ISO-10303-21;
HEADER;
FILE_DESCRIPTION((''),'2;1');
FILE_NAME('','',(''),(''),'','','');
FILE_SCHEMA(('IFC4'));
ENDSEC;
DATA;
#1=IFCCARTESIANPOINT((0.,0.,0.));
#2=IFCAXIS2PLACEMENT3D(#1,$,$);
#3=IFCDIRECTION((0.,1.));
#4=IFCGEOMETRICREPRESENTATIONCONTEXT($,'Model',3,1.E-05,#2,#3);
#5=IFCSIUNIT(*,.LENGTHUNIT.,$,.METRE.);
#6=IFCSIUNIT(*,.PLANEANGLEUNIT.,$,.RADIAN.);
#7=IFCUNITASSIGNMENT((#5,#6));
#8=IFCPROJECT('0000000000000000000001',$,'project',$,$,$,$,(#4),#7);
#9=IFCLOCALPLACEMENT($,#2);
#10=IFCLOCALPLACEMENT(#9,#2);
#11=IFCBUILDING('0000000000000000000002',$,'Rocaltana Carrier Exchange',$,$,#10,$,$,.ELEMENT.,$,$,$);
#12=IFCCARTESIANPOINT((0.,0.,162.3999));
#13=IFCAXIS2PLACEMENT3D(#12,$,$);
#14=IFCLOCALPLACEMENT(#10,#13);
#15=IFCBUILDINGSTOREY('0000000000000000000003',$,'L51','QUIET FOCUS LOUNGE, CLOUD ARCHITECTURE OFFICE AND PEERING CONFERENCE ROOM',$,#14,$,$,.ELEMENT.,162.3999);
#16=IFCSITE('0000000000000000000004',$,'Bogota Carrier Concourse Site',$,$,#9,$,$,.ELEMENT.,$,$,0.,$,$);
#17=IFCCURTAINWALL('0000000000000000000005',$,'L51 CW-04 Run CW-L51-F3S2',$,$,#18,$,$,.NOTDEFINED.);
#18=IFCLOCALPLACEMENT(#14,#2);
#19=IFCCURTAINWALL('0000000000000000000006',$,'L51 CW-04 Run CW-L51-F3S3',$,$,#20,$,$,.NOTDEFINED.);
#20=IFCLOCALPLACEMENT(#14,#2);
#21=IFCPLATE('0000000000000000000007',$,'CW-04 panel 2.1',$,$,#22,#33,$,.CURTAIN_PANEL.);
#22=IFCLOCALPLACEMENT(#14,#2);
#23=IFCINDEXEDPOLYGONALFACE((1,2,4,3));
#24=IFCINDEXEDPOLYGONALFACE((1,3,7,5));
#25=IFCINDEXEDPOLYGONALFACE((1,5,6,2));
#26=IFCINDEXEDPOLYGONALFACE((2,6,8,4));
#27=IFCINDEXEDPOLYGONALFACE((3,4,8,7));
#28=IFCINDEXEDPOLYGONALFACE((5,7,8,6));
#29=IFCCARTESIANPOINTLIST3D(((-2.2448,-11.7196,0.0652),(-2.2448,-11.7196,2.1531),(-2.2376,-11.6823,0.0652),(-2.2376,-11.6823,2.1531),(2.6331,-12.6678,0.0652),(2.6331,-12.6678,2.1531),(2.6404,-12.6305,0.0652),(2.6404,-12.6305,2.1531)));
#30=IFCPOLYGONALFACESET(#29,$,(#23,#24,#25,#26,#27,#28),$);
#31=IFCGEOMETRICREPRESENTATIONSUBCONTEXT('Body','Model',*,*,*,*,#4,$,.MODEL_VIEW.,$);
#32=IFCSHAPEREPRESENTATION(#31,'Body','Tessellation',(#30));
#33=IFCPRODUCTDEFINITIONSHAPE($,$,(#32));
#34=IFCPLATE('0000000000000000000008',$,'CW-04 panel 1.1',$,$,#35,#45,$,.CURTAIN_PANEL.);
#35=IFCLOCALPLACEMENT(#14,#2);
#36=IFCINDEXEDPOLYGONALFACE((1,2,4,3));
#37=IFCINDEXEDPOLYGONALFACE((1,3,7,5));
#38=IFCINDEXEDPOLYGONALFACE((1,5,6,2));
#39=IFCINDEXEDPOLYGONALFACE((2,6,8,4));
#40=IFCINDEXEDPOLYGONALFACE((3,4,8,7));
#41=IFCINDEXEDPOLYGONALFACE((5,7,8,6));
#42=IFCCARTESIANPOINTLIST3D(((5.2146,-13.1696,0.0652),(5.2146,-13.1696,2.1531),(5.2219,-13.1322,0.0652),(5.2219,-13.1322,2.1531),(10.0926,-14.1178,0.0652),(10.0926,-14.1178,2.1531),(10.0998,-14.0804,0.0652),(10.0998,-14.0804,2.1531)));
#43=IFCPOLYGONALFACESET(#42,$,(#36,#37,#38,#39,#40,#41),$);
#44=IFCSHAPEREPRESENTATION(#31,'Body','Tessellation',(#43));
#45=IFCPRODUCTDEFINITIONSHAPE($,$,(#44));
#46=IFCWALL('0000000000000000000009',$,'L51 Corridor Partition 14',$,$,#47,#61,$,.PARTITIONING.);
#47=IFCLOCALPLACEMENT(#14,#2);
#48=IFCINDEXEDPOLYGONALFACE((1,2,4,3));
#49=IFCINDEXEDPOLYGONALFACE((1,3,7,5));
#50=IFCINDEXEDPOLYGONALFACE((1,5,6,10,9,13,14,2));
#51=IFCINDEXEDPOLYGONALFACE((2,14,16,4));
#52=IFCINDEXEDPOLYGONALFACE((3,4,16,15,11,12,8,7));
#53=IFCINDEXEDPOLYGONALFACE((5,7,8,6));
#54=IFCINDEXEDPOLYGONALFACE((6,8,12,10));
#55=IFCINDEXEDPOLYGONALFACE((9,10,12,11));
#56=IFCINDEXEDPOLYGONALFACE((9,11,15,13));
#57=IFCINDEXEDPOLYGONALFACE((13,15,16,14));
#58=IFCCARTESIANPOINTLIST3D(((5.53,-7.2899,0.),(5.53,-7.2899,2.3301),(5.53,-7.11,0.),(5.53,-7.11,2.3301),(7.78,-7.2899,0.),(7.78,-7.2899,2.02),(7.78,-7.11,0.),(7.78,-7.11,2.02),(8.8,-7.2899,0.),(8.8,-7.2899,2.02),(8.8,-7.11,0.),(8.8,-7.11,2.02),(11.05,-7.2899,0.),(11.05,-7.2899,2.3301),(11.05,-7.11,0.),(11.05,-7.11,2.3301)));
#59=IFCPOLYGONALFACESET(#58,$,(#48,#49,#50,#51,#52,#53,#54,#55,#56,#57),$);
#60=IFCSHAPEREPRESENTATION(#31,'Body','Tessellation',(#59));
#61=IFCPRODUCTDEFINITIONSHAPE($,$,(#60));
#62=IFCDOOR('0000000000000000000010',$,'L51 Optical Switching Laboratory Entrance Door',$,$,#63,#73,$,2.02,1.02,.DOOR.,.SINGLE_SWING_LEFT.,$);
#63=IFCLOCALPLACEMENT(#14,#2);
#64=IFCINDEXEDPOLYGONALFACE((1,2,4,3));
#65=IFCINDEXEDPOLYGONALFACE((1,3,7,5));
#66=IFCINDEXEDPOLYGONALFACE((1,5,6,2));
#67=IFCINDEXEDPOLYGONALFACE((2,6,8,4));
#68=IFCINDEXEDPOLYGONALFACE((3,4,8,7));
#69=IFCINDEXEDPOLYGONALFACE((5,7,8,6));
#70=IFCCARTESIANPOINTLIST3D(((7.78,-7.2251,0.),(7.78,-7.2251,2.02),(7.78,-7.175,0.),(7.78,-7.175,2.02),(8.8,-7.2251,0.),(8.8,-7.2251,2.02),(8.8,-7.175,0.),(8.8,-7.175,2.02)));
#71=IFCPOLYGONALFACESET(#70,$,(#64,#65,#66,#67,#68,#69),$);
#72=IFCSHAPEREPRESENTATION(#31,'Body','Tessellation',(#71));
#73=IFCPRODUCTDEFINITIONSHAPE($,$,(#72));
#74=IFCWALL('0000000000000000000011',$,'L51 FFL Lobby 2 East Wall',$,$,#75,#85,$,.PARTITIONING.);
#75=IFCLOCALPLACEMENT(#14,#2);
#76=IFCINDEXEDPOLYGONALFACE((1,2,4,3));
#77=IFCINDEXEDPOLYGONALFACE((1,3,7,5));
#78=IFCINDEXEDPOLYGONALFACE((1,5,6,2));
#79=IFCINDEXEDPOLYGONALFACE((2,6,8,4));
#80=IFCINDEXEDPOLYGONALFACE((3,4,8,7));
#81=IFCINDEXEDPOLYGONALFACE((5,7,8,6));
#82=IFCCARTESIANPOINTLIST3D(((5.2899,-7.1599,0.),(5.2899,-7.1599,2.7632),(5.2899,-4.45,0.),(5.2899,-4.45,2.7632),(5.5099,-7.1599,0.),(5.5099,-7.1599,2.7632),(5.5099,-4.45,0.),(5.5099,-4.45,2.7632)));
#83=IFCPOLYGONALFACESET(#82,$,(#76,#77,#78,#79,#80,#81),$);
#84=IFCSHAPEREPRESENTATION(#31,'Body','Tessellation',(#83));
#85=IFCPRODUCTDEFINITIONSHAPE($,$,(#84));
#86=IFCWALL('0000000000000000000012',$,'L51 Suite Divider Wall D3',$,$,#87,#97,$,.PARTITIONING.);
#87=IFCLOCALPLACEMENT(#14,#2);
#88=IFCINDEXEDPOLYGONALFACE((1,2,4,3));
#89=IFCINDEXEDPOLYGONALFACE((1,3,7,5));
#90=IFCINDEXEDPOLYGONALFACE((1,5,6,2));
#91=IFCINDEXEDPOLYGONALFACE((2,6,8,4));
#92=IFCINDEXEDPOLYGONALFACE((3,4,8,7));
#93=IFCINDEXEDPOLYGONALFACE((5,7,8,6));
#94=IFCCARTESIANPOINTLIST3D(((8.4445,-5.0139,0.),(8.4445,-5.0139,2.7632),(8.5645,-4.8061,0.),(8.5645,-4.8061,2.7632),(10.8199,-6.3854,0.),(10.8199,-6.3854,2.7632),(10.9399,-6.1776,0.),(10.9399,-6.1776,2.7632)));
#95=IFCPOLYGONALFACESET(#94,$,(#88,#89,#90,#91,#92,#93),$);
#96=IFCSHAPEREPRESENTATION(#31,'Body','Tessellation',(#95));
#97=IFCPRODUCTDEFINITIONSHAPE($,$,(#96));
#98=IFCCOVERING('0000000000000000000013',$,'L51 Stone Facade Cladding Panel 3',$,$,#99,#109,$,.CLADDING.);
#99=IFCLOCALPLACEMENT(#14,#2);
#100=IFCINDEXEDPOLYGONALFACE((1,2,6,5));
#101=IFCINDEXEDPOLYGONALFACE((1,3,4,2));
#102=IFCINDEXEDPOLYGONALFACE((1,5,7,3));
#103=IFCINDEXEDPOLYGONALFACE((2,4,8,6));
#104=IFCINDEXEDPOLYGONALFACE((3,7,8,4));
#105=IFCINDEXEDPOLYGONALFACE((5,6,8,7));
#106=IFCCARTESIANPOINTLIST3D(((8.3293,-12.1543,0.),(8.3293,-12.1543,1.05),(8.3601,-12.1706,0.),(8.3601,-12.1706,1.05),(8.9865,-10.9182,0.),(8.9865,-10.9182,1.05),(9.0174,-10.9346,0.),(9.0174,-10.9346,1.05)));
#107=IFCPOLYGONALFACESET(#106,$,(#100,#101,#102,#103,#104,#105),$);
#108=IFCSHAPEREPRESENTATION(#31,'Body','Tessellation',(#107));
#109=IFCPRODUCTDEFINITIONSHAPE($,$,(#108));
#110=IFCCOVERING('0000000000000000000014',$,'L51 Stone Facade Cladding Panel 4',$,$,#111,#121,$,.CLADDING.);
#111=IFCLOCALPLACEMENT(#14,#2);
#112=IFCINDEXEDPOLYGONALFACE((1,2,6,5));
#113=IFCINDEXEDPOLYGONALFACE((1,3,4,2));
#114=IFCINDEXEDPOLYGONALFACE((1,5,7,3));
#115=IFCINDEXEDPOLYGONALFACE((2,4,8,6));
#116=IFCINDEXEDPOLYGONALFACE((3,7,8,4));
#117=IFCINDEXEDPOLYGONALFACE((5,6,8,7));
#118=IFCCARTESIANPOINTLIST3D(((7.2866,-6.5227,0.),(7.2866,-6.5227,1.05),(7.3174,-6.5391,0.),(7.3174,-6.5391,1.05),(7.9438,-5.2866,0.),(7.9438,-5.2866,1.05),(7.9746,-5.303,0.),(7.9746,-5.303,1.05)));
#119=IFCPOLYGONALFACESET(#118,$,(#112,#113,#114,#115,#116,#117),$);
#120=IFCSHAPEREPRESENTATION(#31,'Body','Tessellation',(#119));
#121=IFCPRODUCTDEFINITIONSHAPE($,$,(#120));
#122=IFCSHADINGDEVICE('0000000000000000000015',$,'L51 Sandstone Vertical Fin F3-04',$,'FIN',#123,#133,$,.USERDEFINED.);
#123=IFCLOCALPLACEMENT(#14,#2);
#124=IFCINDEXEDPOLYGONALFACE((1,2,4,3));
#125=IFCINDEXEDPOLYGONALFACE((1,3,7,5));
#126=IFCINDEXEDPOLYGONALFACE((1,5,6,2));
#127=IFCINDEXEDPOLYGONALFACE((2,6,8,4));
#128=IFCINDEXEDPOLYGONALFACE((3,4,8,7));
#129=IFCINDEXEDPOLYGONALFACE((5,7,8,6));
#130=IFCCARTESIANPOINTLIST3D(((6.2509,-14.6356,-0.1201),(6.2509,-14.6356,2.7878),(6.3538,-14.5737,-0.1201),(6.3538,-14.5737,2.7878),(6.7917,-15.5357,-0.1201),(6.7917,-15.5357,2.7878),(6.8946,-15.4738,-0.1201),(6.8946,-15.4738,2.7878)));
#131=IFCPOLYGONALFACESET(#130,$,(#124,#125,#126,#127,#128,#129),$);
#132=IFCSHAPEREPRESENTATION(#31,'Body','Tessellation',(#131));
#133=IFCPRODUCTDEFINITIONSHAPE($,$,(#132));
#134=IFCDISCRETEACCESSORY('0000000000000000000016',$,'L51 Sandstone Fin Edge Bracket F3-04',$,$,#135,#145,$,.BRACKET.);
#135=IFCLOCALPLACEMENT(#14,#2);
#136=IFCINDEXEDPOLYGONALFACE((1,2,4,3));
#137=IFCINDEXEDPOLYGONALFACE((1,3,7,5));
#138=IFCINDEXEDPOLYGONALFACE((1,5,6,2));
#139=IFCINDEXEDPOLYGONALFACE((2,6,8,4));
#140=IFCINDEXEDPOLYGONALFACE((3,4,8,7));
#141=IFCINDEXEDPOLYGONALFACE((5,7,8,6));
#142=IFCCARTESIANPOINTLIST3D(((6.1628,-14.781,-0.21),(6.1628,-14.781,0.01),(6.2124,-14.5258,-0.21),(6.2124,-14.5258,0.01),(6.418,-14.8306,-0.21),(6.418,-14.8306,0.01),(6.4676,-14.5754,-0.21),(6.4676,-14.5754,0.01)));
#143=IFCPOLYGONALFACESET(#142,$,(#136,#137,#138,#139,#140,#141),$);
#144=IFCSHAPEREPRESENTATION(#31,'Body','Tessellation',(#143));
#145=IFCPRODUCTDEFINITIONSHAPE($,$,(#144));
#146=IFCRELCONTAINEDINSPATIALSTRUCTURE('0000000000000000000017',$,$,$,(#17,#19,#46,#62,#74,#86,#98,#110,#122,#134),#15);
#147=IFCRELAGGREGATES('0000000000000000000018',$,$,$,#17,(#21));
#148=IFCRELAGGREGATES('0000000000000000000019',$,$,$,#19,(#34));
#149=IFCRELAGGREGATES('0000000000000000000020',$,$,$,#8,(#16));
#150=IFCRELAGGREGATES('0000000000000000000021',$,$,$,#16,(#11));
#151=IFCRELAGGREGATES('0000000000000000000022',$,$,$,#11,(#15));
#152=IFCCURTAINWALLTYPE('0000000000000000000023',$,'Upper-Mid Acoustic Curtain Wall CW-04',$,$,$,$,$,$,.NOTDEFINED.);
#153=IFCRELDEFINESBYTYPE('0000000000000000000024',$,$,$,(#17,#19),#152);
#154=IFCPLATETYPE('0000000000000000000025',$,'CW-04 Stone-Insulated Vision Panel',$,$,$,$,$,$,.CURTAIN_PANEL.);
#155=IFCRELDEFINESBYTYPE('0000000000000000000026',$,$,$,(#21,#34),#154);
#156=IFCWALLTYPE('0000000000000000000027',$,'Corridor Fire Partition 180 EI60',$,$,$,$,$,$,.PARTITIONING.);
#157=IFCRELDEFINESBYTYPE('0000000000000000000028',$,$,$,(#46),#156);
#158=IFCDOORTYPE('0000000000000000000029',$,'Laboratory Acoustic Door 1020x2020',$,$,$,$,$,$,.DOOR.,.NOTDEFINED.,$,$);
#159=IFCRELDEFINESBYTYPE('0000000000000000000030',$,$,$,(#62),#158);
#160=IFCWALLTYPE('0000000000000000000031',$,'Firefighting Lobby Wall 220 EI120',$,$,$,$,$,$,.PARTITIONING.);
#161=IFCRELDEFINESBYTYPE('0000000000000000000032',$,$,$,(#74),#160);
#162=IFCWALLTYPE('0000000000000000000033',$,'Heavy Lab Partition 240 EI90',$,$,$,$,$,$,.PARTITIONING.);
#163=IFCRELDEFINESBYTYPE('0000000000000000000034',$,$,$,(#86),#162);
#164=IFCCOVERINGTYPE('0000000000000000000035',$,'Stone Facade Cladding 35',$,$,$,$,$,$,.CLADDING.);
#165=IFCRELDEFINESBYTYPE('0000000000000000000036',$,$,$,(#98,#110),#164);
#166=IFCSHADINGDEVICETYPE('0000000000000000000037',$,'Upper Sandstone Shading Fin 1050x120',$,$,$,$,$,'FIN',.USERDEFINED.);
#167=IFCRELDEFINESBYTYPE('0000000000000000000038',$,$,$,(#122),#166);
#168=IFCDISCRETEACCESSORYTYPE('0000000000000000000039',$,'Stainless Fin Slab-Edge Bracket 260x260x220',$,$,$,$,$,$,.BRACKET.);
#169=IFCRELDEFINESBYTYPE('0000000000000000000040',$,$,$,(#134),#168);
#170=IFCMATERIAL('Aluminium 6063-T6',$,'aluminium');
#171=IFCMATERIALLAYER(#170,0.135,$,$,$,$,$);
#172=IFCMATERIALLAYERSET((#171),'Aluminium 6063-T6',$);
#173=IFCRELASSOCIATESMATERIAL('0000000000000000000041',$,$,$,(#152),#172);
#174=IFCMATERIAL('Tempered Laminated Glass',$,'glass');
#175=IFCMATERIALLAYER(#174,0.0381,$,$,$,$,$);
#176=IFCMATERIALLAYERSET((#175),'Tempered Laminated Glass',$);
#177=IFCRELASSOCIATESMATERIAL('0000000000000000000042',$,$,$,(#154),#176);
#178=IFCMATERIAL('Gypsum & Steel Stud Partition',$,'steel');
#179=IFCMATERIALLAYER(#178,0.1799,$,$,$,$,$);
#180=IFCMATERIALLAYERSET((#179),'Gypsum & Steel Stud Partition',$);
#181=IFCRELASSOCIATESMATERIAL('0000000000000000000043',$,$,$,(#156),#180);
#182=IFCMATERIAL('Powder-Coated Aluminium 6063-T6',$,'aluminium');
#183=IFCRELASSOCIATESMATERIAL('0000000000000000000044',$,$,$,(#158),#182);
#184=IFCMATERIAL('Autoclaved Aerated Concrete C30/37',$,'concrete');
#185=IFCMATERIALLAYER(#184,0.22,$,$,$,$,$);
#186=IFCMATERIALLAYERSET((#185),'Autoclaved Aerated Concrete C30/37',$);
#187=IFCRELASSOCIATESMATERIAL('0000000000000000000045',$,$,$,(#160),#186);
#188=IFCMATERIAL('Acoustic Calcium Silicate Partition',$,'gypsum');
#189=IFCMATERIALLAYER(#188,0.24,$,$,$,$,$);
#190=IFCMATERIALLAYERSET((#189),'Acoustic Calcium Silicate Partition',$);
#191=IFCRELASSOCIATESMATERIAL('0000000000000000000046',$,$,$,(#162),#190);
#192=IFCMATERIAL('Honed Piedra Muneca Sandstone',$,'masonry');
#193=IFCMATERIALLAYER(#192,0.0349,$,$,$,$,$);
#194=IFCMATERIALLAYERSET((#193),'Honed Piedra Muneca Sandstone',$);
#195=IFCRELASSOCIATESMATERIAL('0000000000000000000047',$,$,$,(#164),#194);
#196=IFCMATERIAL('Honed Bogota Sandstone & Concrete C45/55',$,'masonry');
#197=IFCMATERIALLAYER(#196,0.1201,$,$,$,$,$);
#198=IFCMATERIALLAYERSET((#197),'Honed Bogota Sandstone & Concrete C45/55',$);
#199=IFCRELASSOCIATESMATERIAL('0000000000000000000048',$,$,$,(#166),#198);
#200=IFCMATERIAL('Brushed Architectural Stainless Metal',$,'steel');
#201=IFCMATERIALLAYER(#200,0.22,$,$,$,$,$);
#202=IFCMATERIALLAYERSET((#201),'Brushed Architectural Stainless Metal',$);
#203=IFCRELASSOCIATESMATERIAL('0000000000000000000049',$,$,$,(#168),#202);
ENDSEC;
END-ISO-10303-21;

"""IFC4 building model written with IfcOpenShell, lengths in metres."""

from ifc_helpers import new_model, si_unit, direction, frame, frame_2d, origin, origin_2d, place, context, subcontext, project, spatial, rectangle, extrude, material, layer, layer_set, type_object, element, fill, aggregate, save


model = new_model("IFC4")

# Units and contexts
model_context = context("Model", 3, precision=1e-05, world=origin(), true_north=direction((0.0, 1.0)))
body_context = subcontext(model_context, "Body", "Model", "MODEL_VIEW")
ifc_project = project(units=[si_unit("LENGTHUNIT", "METRE"), si_unit("PLANEANGLEUNIT", "RADIAN")], contexts=[model_context])

# Site, building, storey
site_placement = place(None, origin())
site = spatial("IfcSite", under=ifc_project, at=site_placement, Name="Bogota Carrier Concourse Site", CompositionType="ELEMENT", RefElevation=0.0)
building_placement = place(site_placement, origin())
building = spatial("IfcBuilding", under=site, at=building_placement, Name="Rocaltana Carrier Exchange", CompositionType="ELEMENT")
storey_placement = place(building_placement, frame((0.0, 0.0, 162.3999)))
storey = spatial("IfcBuildingStorey", under=building, at=storey_placement, Name="L51", Description="QUIET FOCUS LOUNGE, CLOUD ARCHITECTURE OFFICE AND PEERING CONFERENCE ROOM", CompositionType="ELEMENT", Elevation=162.3999)

# Curtain wall
ifc_material_1 = material(Name="Aluminium 6063-T6", Category="aluminium")
ifc_layer_1 = layer(ifc_material_1, 0.135)
ifc_layer_set_1 = layer_set([ifc_layer_1], Name="Aluminium 6063-T6")
curtain_wall_type = type_object("IfcCurtainWallType", Name="Upper-Mid Acoustic Curtain Wall CW-04", PredefinedType="NOTDEFINED", material=ifc_layer_set_1)
curtain_wall_1_placement = place(storey_placement, origin())
curtain_wall_1 = element("IfcCurtainWall", 1, at=curtain_wall_1_placement, inside=storey, type_object=curtain_wall_type, Name="L51 CW-04 Run CW-L51-F3S2", PredefinedType="NOTDEFINED")

# Curtain wall
curtain_wall_2_placement = place(storey_placement, origin())
curtain_wall_2 = element("IfcCurtainWall", 2, at=curtain_wall_2_placement, inside=storey, type_object=curtain_wall_type, Name="L51 CW-04 Run CW-L51-F3S3", PredefinedType="NOTDEFINED")

# Plates
ifc_material_2 = material(Name="Tempered Laminated Glass", Category="glass")
ifc_layer_2 = layer(ifc_material_2, 0.0381)
ifc_layer_set_2 = layer_set([ifc_layer_2], Name="Tempered Laminated Glass")
plate_type = type_object("IfcPlateType", Name="CW-04 Stone-Insulated Vision Panel", PredefinedType="CURTAIN_PANEL", material=ifc_layer_set_2)
plate_1_placement = place(storey_placement, frame((0.1978, -12.175, 0.0652), z_axis=(0.0, 0.0, 1.0), x_axis=(0.981626, -0.190815, 0.0)))
plate_1 = element("IfcPlate", 3, at=plate_1_placement, type_object=plate_type, Name="CW-04 panel 2.1", PredefinedType="CURTAIN_PANEL", context=body_context, shape_type="SweptSolid", body=[
    extrude(rectangle(XDim=4.9692, YDim=0.0381, at=origin_2d()), origin(), (0.0, 0.0, 1.0), 2.0879),
])
aggregate(curtain_wall_1, [plate_1])
plate_2_placement = place(storey_placement, frame((7.6572, -13.625, 0.0652), z_axis=(0.0, 0.0, 1.0), x_axis=(0.981628, -0.190805, 0.0)))
plate_2 = element("IfcPlate", 4, at=plate_2_placement, type_object=plate_type, Name="CW-04 panel 1.1", PredefinedType="CURTAIN_PANEL", context=body_context, shape_type="SweptSolid", body=[
    extrude(rectangle(XDim=4.9692, YDim=0.0381, at=origin_2d()), origin(), (0.0, 0.0, 1.0), 2.0879),
])
aggregate(curtain_wall_2, [plate_2])

# Wall, opening, door
ifc_material_3 = material(Name="Gypsum & Steel Stud Partition", Category="steel")
ifc_layer_3 = layer(ifc_material_3, 0.1799)
ifc_layer_set_3 = layer_set([ifc_layer_3], Name="Gypsum & Steel Stud Partition")
wall_type_1 = type_object("IfcWallType", Name="Corridor Fire Partition 180 EI60", PredefinedType="PARTITIONING", material=ifc_layer_set_3)
wall_1_placement = place(storey_placement, frame((5.53, -7.2, 0.0), z_axis=(0.0, 0.0, 1.0), x_axis=(1.0, 0.0, 0.0)))
wall_1 = element("IfcWall", 5, at=wall_1_placement, inside=storey, type_object=wall_type_1, Name="L51 Corridor Partition 14", PredefinedType="PARTITIONING", context=body_context, shape_type="SweptSolid", body=[
    extrude(rectangle(XDim=5.52, YDim=0.1799, at=frame_2d((2.76, 0.0))), origin(), (0.0, 0.0, 1.0), 2.3301),
])
opening_placement = place(wall_1_placement, frame((2.25, 0.0, 0.0)))
opening = element("IfcOpeningElement", 6, at=opening_placement, cuts=wall_1, PredefinedType="OPENING", context=body_context, shape_type="SweptSolid", body=[
    extrude(rectangle(XDim=1.02, YDim=2.02, at=frame_2d((0.51, 1.01))), frame((0.0, 0.0999, 0.0), z_axis=(0.0, -1.0, 0.0), x_axis=(1.0, 0.0, 0.0)), (0.0, 0.0, 1.0), 0.2),
])
ifc_material_4 = material(Name="Powder-Coated Aluminium 6063-T6", Category="aluminium")
door_type = type_object("IfcDoorType", Name="Laboratory Acoustic Door 1020x2020", OperationType="NOTDEFINED", PredefinedType="DOOR", material=ifc_material_4)
door_placement = place(opening_placement, origin())
door = element("IfcDoor", 7, at=door_placement, inside=storey, type_object=door_type, Name="L51 Optical Switching Laboratory Entrance Door", OperationType="SINGLE_SWING_LEFT", OverallHeight=2.02, OverallWidth=1.02, PredefinedType="DOOR", context=body_context, shape_type="SweptSolid", body=[
    extrude(rectangle(XDim=1.02, YDim=2.02, at=frame_2d((0.51, 1.01))), frame((0.0, 0.0249, 0.0), z_axis=(0.0, -1.0, 0.0), x_axis=(1.0, 0.0, 0.0)), (0.0, 0.0, 1.0), 0.05),
])
fill(opening, door)

# Walls
ifc_material_5 = material(Name="Autoclaved Aerated Concrete C30/37", Category="concrete")
ifc_layer_4 = layer(ifc_material_5, 0.22)
ifc_layer_set_4 = layer_set([ifc_layer_4], Name="Autoclaved Aerated Concrete C30/37")
wall_type_2 = type_object("IfcWallType", Name="Firefighting Lobby Wall 220 EI120", PredefinedType="PARTITIONING", material=ifc_layer_set_4)
wall_2_placement = place(storey_placement, frame((5.3999, -7.1599, 0.0), z_axis=(0.0, 0.0, 1.0), x_axis=(0.0, 1.0, 0.0)))
element("IfcWall", 8, at=wall_2_placement, inside=storey, type_object=wall_type_2, Name="L51 FFL Lobby 2 East Wall", PredefinedType="PARTITIONING", context=body_context, shape_type="SweptSolid", body=[
    extrude(rectangle(XDim=2.71, YDim=0.22, at=frame_2d((1.355, 0.0))), origin(), (0.0, 0.0, 1.0), 2.7632),
])
ifc_material_6 = material(Name="Acoustic Calcium Silicate Partition", Category="gypsum")
ifc_layer_5 = layer(ifc_material_6, 0.24)
ifc_layer_set_5 = layer_set([ifc_layer_5], Name="Acoustic Calcium Silicate Partition")
wall_type_3 = type_object("IfcWallType", Name="Heavy Lab Partition 240 EI90", PredefinedType="PARTITIONING", material=ifc_layer_set_5)
wall_3_placement = place(storey_placement, frame((8.5044, -4.9099, 0.0), z_axis=(0.0, 0.0, 1.0), x_axis=(0.866011, -0.500025, 0.0)))
element("IfcWall", 9, at=wall_3_placement, inside=storey, type_object=wall_type_3, Name="L51 Suite Divider Wall D3", PredefinedType="PARTITIONING", context=body_context, shape_type="SweptSolid", body=[
    extrude(rectangle(XDim=2.7429, YDim=0.24, at=frame_2d((1.3716, 0.0))), origin(), (0.0, 0.0, 1.0), 2.7632),
])

# Coverings
ifc_material_7 = material(Name="Honed Piedra Muneca Sandstone", Category="masonry")
ifc_layer_6 = layer(ifc_material_7, 0.0349)
ifc_layer_set_6 = layer_set([ifc_layer_6], Name="Honed Piedra Muneca Sandstone")
covering_type = type_object("IfcCoveringType", Name="Stone Facade Cladding 35", PredefinedType="CLADDING", material=ifc_layer_set_6)
for number, where, z_axis, x_axis, name in (
    (10, (8.6733, -11.5444, 0.0), (0.0, 0.0, 1.0), (0.469472, 0.882948, 0.0), "L51 Stone Facade Cladding Panel 3"),
    (11, (7.6306, -5.9128, 0.0), (0.0, 0.0, 1.0), (0.469472, 0.882948, 0.0), "L51 Stone Facade Cladding Panel 4"),
):
    element("IfcCovering", number, at=place(storey_placement, frame(where, z_axis=z_axis, x_axis=x_axis)), inside=storey, type_object=covering_type, Name=name, PredefinedType="CLADDING", context=body_context, shape_type="SweptSolid", body=[
        extrude(rectangle(XDim=1.3999, YDim=0.0349, at=origin_2d()), origin(), (0.0, 0.0, 1.0), 1.05),
    ])

# Shading device
ifc_material_8 = material(Name="Honed Bogota Sandstone & Concrete C45/55", Category="masonry")
ifc_layer_7 = layer(ifc_material_8, 0.1201)
ifc_layer_set_7 = layer_set([ifc_layer_7], Name="Honed Bogota Sandstone & Concrete C45/55")
shading_device_type = type_object("IfcShadingDeviceType", Name="Upper Sandstone Shading Fin 1050x120", ElementType="FIN", PredefinedType="USERDEFINED", material=ifc_layer_set_7)
shading_device_placement = place(storey_placement, frame((6.5728, -15.0547, -0.1201), z_axis=(0.0, 0.0, 1.0), x_axis=(0.515038, -0.857167, 0.0)))
element("IfcShadingDevice", 12, at=shading_device_placement, inside=storey, type_object=shading_device_type, Name="L51 Sandstone Vertical Fin F3-04", ObjectType="FIN", PredefinedType="USERDEFINED", context=body_context, shape_type="SweptSolid", body=[
    extrude(rectangle(XDim=1.05, YDim=0.1201, at=origin_2d()), origin(), (0.0, 0.0, 1.0), 2.908),
])

# Discrete accessory
ifc_material_9 = material(Name="Brushed Architectural Stainless Metal", Category="steel")
ifc_layer_8 = layer(ifc_material_9, 0.22)
ifc_layer_set_8 = layer_set([ifc_layer_8], Name="Brushed Architectural Stainless Metal")
discrete_accessory_type = type_object("IfcDiscreteAccessoryType", Name="Stainless Fin Slab-Edge Bracket 260x260x220", PredefinedType="BRACKET", material=ifc_layer_set_8)
discrete_accessory_placement = place(storey_placement, frame((6.3152, -14.6782, -0.21), z_axis=(0.0, 0.0, 1.0), x_axis=(0.981627, -0.190809, 0.0)))
element("IfcDiscreteAccessory", 13, at=discrete_accessory_placement, inside=storey, type_object=discrete_accessory_type, Name="L51 Sandstone Fin Edge Bracket F3-04", PredefinedType="BRACKET", context=body_context, shape_type="SweptSolid", body=[
    extrude(rectangle(XDim=0.26, YDim=0.26, at=origin_2d()), origin(), (0.0, 0.0, 1.0), 0.22),
])

save(model, "model.ifc")
